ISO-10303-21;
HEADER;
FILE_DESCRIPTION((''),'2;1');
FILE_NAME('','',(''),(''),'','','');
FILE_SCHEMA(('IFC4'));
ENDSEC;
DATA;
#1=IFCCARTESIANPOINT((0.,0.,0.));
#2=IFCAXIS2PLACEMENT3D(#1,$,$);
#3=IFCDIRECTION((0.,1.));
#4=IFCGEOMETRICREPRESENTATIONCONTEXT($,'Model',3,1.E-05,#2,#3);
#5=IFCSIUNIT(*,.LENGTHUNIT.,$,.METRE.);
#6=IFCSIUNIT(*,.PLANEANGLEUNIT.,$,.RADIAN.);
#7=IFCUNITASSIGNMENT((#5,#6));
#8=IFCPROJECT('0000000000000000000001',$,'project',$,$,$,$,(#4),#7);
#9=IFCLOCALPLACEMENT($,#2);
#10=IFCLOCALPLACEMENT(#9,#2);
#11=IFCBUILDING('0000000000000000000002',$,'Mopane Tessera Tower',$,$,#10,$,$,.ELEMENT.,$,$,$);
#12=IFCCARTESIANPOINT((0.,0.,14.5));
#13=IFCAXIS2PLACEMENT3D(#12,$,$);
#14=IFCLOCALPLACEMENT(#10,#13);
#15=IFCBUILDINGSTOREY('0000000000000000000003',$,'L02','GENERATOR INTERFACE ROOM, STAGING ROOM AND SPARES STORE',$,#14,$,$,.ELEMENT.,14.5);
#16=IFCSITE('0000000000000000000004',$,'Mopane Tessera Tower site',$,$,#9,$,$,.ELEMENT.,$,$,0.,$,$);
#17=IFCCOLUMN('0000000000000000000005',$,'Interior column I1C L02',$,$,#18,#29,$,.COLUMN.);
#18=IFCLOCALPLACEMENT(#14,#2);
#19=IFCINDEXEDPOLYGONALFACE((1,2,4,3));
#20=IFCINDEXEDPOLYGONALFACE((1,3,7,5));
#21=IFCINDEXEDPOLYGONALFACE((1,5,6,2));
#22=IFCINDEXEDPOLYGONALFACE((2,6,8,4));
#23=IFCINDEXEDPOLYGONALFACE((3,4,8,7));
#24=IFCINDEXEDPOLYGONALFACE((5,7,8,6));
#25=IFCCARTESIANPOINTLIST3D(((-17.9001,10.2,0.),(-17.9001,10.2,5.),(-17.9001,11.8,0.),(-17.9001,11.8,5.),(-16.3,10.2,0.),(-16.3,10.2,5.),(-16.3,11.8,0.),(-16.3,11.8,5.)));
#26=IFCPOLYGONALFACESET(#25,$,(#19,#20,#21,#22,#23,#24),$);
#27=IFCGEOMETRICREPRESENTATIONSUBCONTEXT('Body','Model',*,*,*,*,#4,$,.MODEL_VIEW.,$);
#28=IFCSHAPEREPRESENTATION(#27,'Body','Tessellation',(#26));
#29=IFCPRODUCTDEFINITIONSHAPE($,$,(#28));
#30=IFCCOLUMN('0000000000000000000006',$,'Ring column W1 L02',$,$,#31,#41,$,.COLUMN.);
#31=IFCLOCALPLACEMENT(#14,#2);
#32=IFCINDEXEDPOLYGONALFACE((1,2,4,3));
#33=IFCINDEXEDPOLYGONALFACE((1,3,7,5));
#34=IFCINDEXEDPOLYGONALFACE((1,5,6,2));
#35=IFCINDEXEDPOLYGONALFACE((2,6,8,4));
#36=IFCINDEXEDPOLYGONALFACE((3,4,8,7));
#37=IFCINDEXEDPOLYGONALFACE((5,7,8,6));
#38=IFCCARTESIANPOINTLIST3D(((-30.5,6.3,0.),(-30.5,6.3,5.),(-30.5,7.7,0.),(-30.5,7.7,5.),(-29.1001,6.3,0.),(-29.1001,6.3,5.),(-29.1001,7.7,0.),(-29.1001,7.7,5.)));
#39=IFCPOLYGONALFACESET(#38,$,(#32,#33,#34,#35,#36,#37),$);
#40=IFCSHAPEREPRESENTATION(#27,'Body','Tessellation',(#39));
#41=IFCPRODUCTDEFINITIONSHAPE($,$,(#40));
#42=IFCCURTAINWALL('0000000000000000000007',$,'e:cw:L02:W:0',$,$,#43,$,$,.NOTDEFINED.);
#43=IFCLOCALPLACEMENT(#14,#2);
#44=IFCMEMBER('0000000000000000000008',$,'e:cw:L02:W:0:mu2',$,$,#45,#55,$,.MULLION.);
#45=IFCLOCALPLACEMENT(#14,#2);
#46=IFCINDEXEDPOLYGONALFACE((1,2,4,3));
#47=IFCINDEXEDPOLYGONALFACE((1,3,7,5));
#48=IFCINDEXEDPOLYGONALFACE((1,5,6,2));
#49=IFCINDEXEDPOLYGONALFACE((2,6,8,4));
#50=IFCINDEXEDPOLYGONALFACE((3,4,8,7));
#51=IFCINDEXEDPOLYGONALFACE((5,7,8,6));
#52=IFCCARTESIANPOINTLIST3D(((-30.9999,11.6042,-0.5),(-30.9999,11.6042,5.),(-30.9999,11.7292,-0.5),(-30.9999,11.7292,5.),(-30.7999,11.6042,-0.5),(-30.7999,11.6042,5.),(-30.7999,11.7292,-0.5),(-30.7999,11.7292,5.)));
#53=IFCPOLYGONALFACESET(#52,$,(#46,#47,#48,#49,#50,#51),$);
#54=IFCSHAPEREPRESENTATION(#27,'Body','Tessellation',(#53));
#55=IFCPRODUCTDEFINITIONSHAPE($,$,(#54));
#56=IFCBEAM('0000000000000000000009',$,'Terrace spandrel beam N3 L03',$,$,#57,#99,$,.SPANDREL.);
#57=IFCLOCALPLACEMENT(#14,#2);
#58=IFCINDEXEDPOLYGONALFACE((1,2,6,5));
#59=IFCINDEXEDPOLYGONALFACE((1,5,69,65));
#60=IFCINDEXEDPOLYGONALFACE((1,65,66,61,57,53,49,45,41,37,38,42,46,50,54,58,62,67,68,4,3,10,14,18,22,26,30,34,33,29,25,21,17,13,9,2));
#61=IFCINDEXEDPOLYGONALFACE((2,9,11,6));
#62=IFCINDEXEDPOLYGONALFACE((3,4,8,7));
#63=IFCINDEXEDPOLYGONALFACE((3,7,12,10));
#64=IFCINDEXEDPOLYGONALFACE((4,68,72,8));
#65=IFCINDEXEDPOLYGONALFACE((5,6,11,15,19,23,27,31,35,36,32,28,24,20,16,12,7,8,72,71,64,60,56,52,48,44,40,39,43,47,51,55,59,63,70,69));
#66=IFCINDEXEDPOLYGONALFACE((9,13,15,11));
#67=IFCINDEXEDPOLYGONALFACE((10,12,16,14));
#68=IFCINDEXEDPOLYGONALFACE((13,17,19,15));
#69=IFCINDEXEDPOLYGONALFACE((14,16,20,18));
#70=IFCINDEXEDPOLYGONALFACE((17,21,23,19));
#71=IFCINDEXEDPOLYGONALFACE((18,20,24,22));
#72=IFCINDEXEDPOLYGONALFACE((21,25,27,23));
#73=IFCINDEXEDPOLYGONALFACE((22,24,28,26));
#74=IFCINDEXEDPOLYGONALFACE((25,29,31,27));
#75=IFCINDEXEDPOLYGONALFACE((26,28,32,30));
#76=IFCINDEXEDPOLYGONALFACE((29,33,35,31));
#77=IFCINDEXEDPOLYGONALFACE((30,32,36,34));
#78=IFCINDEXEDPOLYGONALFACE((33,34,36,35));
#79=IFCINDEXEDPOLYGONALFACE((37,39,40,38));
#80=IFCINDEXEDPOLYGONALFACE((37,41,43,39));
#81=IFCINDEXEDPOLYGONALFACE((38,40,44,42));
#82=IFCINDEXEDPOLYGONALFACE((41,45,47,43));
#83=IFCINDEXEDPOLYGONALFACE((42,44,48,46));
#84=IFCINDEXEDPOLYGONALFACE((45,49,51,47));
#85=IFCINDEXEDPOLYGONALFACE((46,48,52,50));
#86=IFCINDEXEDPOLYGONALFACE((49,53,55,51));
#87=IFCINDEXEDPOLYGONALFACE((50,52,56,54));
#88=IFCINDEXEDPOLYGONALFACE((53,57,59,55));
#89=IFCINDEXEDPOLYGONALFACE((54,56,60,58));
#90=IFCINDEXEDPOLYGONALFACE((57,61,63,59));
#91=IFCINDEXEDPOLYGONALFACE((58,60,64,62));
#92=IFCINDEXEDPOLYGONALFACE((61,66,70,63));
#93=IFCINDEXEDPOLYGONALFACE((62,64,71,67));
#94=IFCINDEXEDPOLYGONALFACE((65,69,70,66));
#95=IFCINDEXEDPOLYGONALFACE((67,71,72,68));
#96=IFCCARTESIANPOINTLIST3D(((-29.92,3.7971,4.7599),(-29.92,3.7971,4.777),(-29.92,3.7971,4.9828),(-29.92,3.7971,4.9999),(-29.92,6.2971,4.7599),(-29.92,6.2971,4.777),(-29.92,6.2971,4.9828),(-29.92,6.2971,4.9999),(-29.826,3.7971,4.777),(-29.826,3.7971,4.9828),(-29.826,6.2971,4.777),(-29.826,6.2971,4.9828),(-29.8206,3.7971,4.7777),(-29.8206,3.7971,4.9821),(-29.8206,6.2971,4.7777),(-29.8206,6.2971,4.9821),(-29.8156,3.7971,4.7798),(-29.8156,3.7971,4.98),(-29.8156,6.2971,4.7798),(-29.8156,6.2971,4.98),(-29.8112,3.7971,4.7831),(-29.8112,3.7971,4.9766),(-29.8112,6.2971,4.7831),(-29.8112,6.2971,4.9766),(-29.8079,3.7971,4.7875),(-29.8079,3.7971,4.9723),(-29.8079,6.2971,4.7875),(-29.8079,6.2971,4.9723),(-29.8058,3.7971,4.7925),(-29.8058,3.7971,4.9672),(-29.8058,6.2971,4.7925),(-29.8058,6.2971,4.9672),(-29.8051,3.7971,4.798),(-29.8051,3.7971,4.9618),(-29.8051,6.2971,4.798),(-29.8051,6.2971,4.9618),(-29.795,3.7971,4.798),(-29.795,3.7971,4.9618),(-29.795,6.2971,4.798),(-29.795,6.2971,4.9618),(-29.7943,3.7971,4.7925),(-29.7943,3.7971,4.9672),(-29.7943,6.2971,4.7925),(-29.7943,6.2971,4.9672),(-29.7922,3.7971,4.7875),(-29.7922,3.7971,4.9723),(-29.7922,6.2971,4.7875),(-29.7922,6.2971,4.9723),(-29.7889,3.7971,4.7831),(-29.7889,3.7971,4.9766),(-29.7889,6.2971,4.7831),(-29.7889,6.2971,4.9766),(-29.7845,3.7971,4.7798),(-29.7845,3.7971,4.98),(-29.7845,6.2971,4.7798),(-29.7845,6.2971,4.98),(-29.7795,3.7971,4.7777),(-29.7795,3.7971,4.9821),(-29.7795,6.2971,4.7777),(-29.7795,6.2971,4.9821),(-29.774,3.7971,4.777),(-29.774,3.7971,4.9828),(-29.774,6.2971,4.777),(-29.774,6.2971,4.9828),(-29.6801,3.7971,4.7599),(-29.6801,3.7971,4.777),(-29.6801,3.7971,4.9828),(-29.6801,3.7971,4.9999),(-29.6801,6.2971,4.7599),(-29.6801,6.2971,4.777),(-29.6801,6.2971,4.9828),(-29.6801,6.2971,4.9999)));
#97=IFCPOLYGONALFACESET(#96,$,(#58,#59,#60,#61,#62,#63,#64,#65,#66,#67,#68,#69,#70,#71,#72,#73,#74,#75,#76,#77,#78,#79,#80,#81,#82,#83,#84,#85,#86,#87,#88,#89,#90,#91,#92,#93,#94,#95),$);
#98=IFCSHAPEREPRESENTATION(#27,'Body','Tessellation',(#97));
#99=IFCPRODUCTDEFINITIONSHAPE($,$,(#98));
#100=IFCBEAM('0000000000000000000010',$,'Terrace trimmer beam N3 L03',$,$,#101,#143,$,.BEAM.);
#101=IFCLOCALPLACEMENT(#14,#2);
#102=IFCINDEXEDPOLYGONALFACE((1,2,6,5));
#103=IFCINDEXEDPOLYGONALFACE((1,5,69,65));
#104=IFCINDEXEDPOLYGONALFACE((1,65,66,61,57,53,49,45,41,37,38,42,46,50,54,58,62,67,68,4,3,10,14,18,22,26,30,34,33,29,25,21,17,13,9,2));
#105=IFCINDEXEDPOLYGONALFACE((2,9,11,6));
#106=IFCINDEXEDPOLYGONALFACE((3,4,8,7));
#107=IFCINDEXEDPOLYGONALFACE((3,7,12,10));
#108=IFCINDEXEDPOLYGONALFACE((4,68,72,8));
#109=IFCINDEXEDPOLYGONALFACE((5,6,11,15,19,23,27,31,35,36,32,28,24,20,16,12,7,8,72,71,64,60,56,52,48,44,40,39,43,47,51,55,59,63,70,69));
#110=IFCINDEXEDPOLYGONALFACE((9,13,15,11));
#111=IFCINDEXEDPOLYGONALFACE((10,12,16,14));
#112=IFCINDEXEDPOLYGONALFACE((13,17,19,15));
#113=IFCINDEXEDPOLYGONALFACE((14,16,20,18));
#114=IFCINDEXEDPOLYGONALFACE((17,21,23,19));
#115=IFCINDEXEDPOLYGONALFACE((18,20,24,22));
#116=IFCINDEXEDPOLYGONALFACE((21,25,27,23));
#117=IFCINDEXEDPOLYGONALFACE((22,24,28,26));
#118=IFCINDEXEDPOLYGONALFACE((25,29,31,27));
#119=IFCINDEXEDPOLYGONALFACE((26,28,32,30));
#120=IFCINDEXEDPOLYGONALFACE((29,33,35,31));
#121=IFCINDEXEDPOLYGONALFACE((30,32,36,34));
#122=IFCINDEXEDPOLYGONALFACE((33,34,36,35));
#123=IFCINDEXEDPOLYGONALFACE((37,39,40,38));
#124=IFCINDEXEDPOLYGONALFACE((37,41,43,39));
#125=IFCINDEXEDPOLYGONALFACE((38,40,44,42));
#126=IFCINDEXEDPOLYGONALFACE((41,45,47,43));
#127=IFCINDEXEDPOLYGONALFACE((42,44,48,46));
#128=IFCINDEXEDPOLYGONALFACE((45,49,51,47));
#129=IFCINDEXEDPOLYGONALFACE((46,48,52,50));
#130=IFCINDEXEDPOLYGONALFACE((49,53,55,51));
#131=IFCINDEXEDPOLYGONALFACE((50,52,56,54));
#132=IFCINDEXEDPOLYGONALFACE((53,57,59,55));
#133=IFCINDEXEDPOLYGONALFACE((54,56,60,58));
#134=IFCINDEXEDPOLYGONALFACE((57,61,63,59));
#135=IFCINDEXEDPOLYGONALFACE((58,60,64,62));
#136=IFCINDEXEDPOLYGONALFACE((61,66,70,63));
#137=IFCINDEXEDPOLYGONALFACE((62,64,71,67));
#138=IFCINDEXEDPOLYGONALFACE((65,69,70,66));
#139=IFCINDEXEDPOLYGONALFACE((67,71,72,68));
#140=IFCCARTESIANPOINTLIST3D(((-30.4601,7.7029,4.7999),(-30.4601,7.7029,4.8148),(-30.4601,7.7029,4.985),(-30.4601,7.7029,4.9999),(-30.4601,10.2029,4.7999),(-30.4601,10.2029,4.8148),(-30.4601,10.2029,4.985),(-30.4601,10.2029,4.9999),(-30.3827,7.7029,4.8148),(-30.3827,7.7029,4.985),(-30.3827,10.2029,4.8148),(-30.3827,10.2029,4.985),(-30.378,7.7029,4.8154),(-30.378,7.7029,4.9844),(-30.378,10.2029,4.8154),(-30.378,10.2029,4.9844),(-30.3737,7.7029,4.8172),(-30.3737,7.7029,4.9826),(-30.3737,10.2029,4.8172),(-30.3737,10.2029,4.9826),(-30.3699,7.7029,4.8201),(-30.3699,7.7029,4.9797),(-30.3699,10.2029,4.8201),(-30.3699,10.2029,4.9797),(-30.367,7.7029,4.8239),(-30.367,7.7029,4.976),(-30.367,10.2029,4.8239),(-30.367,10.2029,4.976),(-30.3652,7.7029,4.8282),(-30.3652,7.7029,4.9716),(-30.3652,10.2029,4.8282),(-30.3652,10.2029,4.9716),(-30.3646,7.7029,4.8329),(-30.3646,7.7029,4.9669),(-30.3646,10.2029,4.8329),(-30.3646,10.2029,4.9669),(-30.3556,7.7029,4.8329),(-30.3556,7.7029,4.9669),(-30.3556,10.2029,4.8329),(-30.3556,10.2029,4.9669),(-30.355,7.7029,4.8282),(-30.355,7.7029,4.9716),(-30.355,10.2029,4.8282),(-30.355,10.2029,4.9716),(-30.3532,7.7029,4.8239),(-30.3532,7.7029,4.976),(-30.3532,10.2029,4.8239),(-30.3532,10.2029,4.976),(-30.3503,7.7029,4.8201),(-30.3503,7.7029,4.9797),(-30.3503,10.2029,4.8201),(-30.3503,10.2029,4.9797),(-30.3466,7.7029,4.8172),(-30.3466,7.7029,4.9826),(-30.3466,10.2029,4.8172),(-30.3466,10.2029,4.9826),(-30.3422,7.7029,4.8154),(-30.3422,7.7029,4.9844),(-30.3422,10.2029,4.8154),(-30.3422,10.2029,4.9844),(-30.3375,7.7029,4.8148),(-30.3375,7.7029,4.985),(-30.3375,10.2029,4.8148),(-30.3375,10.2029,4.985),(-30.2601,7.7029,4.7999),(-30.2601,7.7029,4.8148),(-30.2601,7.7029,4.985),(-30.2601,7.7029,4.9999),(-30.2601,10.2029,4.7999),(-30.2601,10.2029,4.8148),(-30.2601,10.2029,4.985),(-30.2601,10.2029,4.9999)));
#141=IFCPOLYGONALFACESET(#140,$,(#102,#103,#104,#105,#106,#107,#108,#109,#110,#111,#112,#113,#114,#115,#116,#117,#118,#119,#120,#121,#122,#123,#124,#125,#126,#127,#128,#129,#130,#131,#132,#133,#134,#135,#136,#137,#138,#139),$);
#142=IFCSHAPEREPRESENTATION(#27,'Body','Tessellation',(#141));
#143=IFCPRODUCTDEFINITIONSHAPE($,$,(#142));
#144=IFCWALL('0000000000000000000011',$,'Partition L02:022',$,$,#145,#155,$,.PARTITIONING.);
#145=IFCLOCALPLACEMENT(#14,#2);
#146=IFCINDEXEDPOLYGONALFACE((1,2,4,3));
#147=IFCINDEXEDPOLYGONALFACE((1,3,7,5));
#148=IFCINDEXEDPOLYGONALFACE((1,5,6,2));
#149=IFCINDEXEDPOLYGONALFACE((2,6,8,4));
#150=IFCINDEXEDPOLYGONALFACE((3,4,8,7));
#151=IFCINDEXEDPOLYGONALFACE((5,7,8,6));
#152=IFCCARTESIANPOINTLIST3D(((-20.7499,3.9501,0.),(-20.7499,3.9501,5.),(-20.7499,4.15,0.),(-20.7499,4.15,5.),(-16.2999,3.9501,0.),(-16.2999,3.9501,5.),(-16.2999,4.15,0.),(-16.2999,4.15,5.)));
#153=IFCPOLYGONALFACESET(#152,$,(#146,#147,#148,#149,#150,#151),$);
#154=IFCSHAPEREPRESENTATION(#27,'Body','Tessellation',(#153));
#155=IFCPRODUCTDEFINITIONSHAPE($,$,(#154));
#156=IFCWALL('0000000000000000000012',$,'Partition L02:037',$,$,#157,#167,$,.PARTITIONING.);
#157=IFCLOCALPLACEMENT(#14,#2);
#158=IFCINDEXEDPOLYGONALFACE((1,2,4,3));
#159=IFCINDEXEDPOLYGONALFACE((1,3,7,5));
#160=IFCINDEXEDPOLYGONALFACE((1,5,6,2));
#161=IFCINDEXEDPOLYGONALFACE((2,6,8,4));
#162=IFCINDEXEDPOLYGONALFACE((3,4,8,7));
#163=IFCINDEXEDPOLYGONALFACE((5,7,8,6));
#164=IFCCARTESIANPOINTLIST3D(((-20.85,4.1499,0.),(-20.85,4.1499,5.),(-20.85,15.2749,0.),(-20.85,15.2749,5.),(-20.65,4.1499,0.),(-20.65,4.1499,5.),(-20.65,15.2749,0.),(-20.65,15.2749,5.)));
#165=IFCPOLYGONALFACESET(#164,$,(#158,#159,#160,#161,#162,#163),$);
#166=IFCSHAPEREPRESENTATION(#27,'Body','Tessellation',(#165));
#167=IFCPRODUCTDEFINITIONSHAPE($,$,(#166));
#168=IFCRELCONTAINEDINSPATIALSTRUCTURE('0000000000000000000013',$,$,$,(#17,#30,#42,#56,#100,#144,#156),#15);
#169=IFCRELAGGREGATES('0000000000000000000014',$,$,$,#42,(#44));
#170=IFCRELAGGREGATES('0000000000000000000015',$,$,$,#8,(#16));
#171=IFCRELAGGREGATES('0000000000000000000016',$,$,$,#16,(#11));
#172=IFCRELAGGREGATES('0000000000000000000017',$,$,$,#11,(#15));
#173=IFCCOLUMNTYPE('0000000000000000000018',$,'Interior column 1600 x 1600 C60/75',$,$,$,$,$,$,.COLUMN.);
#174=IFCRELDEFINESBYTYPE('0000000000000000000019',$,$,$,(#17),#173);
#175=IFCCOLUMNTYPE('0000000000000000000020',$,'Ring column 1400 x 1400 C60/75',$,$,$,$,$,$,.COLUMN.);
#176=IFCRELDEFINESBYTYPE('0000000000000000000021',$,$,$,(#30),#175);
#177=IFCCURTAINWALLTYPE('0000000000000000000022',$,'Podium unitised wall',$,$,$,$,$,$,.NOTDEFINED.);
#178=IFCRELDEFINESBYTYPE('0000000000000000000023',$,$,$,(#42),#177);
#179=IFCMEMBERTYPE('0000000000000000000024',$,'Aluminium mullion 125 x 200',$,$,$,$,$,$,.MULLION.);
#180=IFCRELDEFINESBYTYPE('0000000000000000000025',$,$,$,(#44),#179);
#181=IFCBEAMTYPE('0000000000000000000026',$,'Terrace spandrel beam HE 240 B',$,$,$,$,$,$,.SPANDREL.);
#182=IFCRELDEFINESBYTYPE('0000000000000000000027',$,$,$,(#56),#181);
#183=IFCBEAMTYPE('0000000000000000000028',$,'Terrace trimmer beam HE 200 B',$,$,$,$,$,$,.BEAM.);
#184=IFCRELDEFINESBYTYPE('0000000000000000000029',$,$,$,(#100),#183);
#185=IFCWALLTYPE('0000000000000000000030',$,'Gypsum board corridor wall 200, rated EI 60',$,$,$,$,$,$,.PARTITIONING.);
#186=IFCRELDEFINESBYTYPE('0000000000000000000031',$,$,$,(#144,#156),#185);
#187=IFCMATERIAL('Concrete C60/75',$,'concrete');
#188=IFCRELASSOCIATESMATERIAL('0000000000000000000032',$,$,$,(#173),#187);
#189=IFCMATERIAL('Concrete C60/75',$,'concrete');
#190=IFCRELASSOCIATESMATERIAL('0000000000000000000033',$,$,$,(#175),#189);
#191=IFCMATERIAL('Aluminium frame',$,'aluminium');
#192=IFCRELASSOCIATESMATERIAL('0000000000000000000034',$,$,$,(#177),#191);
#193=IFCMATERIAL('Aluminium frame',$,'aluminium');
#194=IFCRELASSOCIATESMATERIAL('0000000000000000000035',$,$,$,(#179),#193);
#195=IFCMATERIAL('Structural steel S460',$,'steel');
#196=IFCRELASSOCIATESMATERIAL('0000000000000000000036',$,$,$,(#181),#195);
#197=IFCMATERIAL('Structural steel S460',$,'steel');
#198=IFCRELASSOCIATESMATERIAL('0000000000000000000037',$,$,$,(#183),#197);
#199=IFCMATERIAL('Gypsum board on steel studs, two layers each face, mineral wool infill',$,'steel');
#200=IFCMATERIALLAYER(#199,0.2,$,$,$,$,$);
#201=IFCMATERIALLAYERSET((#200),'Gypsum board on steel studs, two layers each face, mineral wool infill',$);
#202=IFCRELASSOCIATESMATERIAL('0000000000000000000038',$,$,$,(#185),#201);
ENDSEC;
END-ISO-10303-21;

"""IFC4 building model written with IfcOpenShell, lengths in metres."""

from ifc_helpers import new_model, si_unit, direction, frame, frame_2d, origin, origin_2d, place, context, subcontext, project, spatial, rectangle, i_section, extrude, material, layer, layer_set, material_profile, profile_set, type_object, element, aggregate, save


model = new_model("IFC4")

# Units and contexts
model_context = context("Model", 3, precision=1e-05, world=origin(), true_north=direction((0.0, 1.0)))
body_context = subcontext(model_context, "Body", "Model", "MODEL_VIEW")
ifc_project = project(units=[si_unit("LENGTHUNIT", "METRE"), si_unit("PLANEANGLEUNIT", "RADIAN")], contexts=[model_context])

# Site, building, storey
site_placement = place(None, origin())
site = spatial("IfcSite", under=ifc_project, at=site_placement, Name="Mopane Tessera Tower site", CompositionType="ELEMENT", RefElevation=0.0)
building_placement = place(site_placement, origin())
building = spatial("IfcBuilding", under=site, at=building_placement, Name="Mopane Tessera Tower", CompositionType="ELEMENT")
storey_placement = place(building_placement, frame((0.0, 0.0, 14.5)))
storey = spatial("IfcBuildingStorey", under=building, at=storey_placement, Name="L02", Description="GENERATOR INTERFACE ROOM, STAGING ROOM AND SPARES STORE", CompositionType="ELEMENT", Elevation=14.5)

# Columns
ifc_material_1 = material(Name="Concrete C60/75", Category="concrete")
ifc_material_profile_1 = material_profile(ifc_material_1, rectangle(XDim=1.6001, YDim=1.6001, at=origin_2d()))
ifc_profile_set_1 = profile_set([ifc_material_profile_1], Name="Concrete C60/75")
column_type_1 = type_object("IfcColumnType", Name="Interior column 1600 x 1600 C60/75", PredefinedType="COLUMN", material=ifc_profile_set_1)
column_1_placement = place(storey_placement, frame((-17.1001, 11.0, 0.0), z_axis=(0.0, 0.0, 1.0), x_axis=(1.0, 0.0, 0.0)))
element("IfcColumn", 1, at=column_1_placement, inside=storey, type_object=column_type_1, Name="Interior column I1C L02", PredefinedType="COLUMN", context=body_context, shape_type="SweptSolid", body=[
    extrude(rectangle(XDim=1.6001, YDim=1.6001, at=origin_2d()), origin(), (0.0, 0.0, 1.0), 5.0),
])
ifc_material_2 = material(Name="Concrete C60/75", Category="concrete")
ifc_material_profile_2 = material_profile(ifc_material_2, rectangle(XDim=1.3999, YDim=1.3999, at=origin_2d()))
ifc_profile_set_2 = profile_set([ifc_material_profile_2], Name="Concrete C60/75")
column_type_2 = type_object("IfcColumnType", Name="Ring column 1400 x 1400 C60/75", PredefinedType="COLUMN", material=ifc_profile_set_2)
column_2_placement = place(storey_placement, frame((-29.8, 7.0, 0.0), z_axis=(0.0, 0.0, 1.0), x_axis=(1.0, 0.0, 0.0)))
element("IfcColumn", 2, at=column_2_placement, inside=storey, type_object=column_type_2, Name="Ring column W1 L02", PredefinedType="COLUMN", context=body_context, shape_type="SweptSolid", body=[
    extrude(rectangle(XDim=1.3999, YDim=1.3999, at=origin_2d()), origin(), (0.0, 0.0, 1.0), 5.0),
])

# Curtain wall, member
ifc_material_3 = material(Name="Aluminium frame", Category="aluminium")
curtain_wall_type = type_object("IfcCurtainWallType", Name="Podium unitised wall", PredefinedType="NOTDEFINED", material=ifc_material_3)
curtain_wall_placement = place(storey_placement, origin())
curtain_wall = element("IfcCurtainWall", 3, at=curtain_wall_placement, inside=storey, type_object=curtain_wall_type, Name="e:cw:L02:W:0", PredefinedType="NOTDEFINED")
ifc_material_4 = material(Name="Aluminium frame", Category="aluminium")
ifc_material_profile_3 = material_profile(ifc_material_4, rectangle(XDim=0.125, YDim=0.2, at=origin_2d()))
ifc_profile_set_3 = profile_set([ifc_material_profile_3], Name="Aluminium frame")
member_type = type_object("IfcMemberType", Name="Aluminium mullion 125 x 200", PredefinedType="MULLION", material=ifc_profile_set_3)
member_placement = place(storey_placement, frame((-30.8999, 11.6667, -0.5), z_axis=(0.0, 0.0, 1.0), x_axis=(0.0, -1.0, 0.0)))
member = element("IfcMember", 4, at=member_placement, type_object=member_type, Name="e:cw:L02:W:0:mu2", PredefinedType="MULLION", context=body_context, shape_type="SweptSolid", body=[
    extrude(rectangle(XDim=0.125, YDim=0.2, at=origin_2d()), origin(), (0.0, 0.0, 1.0), 5.5),
])
aggregate(curtain_wall, [member])

# Beams
ifc_material_5 = material(Name="Structural steel S460", Category="steel")
ifc_material_profile_4 = material_profile(ifc_material_5, i_section(OverallWidth=0.24, OverallDepth=0.24, WebThickness=0.01, FlangeThickness=0.0171, FilletRadius=0.021, at=origin_2d()))
ifc_profile_set_4 = profile_set([ifc_material_profile_4], Name="Structural steel S460")
beam_type_1 = type_object("IfcBeamType", Name="Terrace spandrel beam HE 240 B", PredefinedType="SPANDREL", material=ifc_profile_set_4)
beam_1_placement = place(storey_placement, frame((-29.8, 6.2971, 4.8799), z_axis=(0.0, -1.0, 0.0), x_axis=(1.0, 0.0, 0.0)))
element("IfcBeam", 5, at=beam_1_placement, inside=storey, type_object=beam_type_1, Name="Terrace spandrel beam N3 L03", PredefinedType="SPANDREL", context=body_context, shape_type="SweptSolid", body=[
    extrude(i_section(OverallWidth=0.24, OverallDepth=0.24, WebThickness=0.01, FlangeThickness=0.0171, FilletRadius=0.021, at=origin_2d()), origin(), (0.0, 0.0, 1.0), 2.5),
])
ifc_material_6 = material(Name="Structural steel S460", Category="steel")
ifc_material_profile_5 = material_profile(ifc_material_6, i_section(OverallWidth=0.2, OverallDepth=0.2, WebThickness=0.009, FlangeThickness=0.0149, FilletRadius=0.0181, at=origin_2d()))
ifc_profile_set_5 = profile_set([ifc_material_profile_5], Name="Structural steel S460")
beam_type_2 = type_object("IfcBeamType", Name="Terrace trimmer beam HE 200 B", PredefinedType="BEAM", material=ifc_profile_set_5)
beam_2_placement = place(storey_placement, frame((-30.3601, 7.7029, 4.8999), z_axis=(0.0, 1.0, 0.0), x_axis=(-1.0, 0.0, 0.0)))
element("IfcBeam", 6, at=beam_2_placement, inside=storey, type_object=beam_type_2, Name="Terrace trimmer beam N3 L03", PredefinedType="BEAM", context=body_context, shape_type="SweptSolid", body=[
    extrude(i_section(OverallWidth=0.2, OverallDepth=0.2, WebThickness=0.009, FlangeThickness=0.0149, FilletRadius=0.0181, at=origin_2d()), origin(), (0.0, 0.0, 1.0), 2.5),
])

# Walls
ifc_material_7 = material(Name="Gypsum board on steel studs, two layers each face, mineral wool infill", Category="steel")
ifc_layer_1 = layer(ifc_material_7, 0.2)
ifc_layer_set_1 = layer_set([ifc_layer_1], Name="Gypsum board on steel studs, two layers each face, mineral wool infill")
wall_type_1 = type_object("IfcWallType", Name="Gypsum board corridor wall 200, rated EI 60", PredefinedType="PARTITIONING", material=ifc_layer_set_1)
wall_1_placement = place(storey_placement, frame((-20.75, 4.05, 0.0), z_axis=(0.0, 0.0, 1.0), x_axis=(1.0, 0.0, 0.0)))
element("IfcWall", 7, at=wall_1_placement, inside=storey, type_object=wall_type_1, Name="Partition L02:022", PredefinedType="PARTITIONING", context=body_context, shape_type="SweptSolid", body=[
    extrude(rectangle(XDim=4.45, YDim=0.2, at=frame_2d((2.2251, 0.0))), origin(), (0.0, 0.0, 1.0), 5.0),
])
wall_2_placement = place(storey_placement, frame((-20.75, 4.1499, 0.0), z_axis=(0.0, 0.0, 1.0), x_axis=(0.0, 1.0, 0.0)))
element("IfcWall", 8, at=wall_2_placement, inside=storey, type_object=wall_type_1, Name="Partition L02:037", PredefinedType="PARTITIONING", context=body_context, shape_type="SweptSolid", body=[
    extrude(rectangle(XDim=11.125, YDim=0.2, at=frame_2d((5.5625, 0.0))), origin(), (0.0, 0.0, 1.0), 5.0),
])

save(model, "model.ifc")
